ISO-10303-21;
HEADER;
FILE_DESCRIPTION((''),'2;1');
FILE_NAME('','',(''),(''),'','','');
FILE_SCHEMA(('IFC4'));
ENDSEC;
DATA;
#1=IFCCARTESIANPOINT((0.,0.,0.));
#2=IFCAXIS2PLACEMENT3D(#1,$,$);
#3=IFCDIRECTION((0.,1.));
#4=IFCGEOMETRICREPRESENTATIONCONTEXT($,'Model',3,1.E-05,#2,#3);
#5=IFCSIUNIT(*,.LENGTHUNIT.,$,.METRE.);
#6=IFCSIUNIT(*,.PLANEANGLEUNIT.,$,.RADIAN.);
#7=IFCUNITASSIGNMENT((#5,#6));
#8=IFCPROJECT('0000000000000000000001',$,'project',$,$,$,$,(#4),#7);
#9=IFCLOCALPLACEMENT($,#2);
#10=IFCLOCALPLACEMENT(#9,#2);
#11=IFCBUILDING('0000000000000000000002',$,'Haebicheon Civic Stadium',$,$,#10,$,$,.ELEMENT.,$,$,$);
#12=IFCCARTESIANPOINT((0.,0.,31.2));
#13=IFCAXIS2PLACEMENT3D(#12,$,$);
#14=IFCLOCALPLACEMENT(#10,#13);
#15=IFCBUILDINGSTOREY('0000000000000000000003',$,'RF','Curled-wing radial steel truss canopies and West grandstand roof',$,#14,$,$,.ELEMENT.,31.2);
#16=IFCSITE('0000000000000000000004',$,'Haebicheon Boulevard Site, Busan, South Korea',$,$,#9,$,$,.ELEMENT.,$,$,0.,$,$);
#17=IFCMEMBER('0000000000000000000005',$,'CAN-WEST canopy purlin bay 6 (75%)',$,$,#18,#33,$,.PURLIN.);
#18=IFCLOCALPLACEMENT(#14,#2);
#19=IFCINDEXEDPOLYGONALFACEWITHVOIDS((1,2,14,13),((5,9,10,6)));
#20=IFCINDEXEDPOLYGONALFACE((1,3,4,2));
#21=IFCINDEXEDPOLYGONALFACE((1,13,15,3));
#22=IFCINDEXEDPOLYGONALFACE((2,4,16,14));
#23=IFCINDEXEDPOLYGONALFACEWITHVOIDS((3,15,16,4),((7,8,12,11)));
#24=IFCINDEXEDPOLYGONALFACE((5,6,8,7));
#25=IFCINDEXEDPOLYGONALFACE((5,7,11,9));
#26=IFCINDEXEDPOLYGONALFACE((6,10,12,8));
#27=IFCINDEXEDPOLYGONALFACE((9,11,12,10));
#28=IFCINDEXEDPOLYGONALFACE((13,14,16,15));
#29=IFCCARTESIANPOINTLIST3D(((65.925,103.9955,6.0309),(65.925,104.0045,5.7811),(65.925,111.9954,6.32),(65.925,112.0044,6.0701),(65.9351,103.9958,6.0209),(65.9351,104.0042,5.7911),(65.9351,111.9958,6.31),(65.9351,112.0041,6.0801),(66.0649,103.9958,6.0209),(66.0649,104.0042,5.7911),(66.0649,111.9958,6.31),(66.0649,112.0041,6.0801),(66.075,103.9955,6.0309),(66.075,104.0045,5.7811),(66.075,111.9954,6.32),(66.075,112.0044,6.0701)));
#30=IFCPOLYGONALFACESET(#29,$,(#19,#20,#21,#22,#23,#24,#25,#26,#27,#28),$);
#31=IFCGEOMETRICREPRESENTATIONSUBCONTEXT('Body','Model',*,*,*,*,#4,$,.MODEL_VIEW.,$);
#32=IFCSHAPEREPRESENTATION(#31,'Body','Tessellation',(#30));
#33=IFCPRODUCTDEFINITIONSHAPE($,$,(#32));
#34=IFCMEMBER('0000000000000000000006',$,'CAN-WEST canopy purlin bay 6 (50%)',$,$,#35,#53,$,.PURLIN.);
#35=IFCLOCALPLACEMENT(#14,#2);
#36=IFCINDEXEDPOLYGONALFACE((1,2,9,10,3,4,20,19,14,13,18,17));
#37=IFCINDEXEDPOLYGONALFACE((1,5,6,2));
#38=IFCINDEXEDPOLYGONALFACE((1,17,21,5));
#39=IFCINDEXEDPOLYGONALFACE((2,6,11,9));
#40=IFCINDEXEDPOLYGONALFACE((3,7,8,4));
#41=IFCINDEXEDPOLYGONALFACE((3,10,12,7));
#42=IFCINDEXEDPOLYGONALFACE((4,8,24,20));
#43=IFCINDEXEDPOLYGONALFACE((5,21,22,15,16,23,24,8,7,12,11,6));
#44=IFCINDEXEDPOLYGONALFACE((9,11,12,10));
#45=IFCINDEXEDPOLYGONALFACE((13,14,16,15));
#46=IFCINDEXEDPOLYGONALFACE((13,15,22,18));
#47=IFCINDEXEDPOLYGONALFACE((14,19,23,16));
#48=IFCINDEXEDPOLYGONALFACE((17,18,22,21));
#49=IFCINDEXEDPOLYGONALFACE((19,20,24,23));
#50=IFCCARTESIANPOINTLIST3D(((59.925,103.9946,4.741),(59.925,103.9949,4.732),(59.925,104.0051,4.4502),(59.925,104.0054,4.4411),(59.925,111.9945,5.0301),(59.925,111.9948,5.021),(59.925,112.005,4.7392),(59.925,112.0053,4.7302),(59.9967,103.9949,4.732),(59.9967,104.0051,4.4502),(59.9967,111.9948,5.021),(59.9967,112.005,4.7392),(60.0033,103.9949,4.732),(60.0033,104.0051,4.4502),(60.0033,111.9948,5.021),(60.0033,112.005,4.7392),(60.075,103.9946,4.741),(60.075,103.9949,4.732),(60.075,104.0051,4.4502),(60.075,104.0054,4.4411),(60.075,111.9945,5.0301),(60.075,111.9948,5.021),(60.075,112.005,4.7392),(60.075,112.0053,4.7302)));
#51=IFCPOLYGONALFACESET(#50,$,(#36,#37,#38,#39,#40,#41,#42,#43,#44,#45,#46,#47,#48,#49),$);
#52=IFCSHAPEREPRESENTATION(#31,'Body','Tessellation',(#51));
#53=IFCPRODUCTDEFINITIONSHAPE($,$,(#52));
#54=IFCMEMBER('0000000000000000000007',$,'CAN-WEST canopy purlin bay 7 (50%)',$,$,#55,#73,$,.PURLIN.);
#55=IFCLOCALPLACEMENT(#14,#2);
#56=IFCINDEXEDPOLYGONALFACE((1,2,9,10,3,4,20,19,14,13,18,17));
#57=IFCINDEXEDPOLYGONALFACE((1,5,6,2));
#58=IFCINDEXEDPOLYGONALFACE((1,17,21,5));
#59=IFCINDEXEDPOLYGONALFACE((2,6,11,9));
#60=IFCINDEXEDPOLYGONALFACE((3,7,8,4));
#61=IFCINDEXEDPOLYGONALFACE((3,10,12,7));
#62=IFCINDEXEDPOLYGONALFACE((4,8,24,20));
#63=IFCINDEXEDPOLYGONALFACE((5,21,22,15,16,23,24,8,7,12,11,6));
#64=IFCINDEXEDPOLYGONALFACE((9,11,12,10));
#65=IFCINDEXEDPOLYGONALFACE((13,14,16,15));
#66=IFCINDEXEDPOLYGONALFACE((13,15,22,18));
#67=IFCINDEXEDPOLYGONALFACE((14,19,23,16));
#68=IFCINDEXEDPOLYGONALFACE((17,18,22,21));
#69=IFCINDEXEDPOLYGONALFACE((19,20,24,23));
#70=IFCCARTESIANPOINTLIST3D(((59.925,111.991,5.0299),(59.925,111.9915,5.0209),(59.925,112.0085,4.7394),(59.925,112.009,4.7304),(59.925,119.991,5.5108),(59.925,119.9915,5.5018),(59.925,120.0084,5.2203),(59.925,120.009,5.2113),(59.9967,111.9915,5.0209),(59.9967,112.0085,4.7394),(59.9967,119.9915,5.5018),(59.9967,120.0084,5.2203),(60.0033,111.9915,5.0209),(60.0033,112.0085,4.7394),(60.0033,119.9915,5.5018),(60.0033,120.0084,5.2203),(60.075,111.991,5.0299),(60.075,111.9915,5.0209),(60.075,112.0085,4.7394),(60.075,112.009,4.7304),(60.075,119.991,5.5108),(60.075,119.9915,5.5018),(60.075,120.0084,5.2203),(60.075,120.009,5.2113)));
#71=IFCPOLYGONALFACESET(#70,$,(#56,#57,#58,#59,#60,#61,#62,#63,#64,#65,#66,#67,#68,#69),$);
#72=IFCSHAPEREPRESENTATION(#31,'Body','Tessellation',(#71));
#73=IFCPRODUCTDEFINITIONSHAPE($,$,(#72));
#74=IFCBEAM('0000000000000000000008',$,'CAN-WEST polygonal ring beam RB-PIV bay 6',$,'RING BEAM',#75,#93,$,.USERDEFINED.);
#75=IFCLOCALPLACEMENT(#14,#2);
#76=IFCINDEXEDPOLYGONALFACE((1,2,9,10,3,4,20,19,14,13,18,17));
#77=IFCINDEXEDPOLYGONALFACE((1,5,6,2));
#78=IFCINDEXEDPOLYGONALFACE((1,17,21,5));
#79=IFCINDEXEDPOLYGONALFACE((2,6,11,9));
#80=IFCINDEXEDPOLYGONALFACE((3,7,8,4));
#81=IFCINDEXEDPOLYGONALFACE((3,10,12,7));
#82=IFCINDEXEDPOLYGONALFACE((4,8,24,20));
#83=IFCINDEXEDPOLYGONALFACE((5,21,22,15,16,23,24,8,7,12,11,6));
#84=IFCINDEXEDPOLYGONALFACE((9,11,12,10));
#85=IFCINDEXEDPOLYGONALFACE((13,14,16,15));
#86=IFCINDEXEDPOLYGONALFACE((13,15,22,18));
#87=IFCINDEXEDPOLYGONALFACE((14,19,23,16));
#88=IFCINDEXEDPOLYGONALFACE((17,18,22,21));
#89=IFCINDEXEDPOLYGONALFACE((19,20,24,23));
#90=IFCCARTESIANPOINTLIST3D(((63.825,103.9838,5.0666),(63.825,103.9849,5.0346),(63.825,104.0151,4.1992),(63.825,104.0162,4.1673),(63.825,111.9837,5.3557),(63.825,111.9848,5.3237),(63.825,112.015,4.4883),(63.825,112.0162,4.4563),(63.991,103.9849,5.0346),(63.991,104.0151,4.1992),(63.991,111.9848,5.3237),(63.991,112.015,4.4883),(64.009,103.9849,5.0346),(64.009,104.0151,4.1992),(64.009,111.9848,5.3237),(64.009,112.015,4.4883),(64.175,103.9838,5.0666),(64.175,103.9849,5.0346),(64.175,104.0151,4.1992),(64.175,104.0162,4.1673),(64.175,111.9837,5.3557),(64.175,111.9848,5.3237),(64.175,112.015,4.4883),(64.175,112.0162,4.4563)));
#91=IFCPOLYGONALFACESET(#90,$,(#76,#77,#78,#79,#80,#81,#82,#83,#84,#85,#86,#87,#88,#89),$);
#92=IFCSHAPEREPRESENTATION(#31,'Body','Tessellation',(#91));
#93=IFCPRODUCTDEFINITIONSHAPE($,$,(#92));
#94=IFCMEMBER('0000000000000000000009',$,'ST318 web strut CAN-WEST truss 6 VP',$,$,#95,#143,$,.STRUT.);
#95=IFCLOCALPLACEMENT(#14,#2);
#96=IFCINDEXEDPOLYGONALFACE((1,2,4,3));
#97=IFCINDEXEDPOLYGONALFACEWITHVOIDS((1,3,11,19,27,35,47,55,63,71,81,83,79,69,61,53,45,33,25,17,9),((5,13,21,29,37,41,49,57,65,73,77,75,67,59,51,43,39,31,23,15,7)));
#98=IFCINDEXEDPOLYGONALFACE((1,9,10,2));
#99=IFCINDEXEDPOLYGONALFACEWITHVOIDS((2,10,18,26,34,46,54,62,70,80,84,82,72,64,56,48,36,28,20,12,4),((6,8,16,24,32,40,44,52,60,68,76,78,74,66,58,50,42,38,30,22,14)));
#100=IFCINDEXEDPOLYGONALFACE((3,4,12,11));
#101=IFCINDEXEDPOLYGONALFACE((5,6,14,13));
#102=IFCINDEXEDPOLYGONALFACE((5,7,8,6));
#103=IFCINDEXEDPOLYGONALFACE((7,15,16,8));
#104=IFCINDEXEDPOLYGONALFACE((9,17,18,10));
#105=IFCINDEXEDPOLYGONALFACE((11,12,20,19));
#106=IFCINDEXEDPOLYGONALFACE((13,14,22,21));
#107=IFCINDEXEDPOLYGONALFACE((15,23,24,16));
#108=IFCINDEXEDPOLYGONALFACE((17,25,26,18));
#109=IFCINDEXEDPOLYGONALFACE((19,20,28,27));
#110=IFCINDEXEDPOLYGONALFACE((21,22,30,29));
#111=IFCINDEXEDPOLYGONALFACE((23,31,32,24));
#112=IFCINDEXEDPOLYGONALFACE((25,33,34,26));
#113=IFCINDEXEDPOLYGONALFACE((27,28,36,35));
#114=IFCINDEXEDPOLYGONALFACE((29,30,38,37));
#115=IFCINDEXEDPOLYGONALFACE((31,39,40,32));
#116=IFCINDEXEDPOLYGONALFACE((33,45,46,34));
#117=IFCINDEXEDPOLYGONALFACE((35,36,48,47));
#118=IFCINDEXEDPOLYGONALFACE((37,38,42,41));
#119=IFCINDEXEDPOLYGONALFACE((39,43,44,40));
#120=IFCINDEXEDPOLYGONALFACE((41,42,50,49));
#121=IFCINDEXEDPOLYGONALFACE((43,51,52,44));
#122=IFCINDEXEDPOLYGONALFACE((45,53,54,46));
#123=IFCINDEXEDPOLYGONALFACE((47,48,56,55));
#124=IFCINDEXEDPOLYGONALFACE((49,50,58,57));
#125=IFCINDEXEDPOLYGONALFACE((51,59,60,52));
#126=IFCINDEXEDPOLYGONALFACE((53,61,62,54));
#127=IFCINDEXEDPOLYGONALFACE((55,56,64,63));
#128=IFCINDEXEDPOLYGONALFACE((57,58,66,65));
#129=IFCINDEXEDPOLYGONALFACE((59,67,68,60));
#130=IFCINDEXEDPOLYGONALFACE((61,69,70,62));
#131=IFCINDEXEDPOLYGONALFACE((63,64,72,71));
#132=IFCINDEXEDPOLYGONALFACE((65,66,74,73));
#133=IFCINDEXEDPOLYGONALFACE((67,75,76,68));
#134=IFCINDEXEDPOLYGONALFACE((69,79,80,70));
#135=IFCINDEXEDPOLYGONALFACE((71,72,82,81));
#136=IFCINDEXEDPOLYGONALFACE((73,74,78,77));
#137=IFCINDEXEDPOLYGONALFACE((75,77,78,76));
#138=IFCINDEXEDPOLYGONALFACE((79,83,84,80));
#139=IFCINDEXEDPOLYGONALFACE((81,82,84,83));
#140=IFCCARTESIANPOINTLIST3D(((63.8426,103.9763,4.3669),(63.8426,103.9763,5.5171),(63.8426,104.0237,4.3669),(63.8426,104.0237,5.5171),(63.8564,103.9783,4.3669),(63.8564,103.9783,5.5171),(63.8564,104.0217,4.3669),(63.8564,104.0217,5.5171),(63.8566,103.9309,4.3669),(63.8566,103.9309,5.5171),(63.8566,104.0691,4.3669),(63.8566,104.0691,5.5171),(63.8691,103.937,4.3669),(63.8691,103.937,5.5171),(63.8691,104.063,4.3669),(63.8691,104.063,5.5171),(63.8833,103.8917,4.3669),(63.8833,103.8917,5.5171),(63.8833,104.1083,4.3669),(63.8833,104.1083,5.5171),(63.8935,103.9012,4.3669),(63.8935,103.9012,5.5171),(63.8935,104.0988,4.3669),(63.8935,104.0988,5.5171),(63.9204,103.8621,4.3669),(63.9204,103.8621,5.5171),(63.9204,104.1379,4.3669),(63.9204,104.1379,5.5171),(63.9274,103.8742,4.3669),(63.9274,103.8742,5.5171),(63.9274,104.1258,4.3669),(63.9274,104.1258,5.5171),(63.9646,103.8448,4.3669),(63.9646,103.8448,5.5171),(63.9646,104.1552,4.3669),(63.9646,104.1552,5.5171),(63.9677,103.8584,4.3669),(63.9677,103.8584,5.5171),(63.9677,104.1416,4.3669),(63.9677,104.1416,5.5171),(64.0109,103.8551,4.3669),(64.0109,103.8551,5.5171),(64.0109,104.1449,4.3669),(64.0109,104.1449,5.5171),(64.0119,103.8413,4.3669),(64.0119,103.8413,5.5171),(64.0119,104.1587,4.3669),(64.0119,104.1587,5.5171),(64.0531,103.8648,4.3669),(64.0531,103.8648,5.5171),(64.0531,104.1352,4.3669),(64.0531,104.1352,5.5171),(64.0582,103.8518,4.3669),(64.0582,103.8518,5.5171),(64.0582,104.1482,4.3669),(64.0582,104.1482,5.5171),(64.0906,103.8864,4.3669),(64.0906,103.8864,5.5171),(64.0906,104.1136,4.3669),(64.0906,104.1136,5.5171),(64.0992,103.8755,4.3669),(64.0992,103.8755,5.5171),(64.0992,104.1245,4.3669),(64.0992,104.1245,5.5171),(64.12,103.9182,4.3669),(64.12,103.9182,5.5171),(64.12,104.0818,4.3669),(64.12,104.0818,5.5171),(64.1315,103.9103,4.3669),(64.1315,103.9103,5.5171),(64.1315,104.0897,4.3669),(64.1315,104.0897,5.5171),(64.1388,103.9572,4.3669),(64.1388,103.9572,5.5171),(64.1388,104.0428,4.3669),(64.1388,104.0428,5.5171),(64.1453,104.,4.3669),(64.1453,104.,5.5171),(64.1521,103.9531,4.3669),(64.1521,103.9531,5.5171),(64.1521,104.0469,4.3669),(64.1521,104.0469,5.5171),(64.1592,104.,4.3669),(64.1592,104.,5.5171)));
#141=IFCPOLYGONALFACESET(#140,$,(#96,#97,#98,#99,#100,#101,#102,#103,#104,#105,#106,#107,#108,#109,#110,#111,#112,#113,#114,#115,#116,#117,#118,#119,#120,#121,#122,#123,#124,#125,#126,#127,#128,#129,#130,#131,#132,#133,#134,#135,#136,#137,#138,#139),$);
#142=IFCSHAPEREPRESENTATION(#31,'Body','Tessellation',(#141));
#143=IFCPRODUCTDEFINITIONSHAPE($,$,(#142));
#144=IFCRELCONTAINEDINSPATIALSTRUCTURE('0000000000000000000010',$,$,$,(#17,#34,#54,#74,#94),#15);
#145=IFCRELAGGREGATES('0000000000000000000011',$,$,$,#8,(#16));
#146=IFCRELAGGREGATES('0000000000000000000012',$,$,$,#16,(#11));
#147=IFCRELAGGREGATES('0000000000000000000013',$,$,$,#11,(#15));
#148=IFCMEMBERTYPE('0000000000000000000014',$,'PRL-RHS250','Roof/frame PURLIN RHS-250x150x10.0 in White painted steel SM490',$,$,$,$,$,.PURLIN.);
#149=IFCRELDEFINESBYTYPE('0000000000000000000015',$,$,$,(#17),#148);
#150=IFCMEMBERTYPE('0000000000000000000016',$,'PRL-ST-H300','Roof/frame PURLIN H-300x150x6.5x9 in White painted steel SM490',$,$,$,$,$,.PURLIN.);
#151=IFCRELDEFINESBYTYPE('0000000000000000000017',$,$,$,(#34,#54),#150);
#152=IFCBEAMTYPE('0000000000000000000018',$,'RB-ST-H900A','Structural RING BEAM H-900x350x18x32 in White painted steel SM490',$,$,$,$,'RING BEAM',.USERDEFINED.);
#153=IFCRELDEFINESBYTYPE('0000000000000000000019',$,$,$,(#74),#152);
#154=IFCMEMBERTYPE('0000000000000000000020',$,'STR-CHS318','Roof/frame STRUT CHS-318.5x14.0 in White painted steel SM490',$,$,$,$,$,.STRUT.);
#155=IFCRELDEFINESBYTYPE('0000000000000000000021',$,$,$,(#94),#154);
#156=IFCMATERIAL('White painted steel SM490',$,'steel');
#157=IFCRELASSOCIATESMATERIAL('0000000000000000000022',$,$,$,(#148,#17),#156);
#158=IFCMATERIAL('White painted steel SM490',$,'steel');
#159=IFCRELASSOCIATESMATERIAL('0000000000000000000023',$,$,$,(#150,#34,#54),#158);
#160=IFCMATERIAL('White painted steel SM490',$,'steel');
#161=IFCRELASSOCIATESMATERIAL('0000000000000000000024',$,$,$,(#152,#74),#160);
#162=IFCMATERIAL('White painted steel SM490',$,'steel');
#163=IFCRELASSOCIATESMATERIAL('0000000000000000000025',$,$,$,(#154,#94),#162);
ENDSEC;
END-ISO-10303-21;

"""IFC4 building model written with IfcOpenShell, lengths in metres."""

from ifc_helpers import new_model, si_unit, direction, frame, origin, origin_2d, place, context, subcontext, project, spatial, hollow_rectangle, hollow_circle, i_section, extrude, material, material_profile, profile_set, type_object, element, save


model = new_model("IFC4")

# Units and contexts
model_context = context("Model", 3, precision=1e-05, world=origin(), true_north=direction((0.0, 1.0)))
body_context = subcontext(model_context, "Body", "Model", "MODEL_VIEW")
ifc_project = project(units=[si_unit("LENGTHUNIT", "METRE"), si_unit("PLANEANGLEUNIT", "RADIAN")], contexts=[model_context])

# Site, building, storey
site_placement = place(None, origin())
site = spatial("IfcSite", under=ifc_project, at=site_placement, Name="Haebicheon Boulevard Site, Busan, South Korea", CompositionType="ELEMENT", RefElevation=0.0)
building_placement = place(site_placement, origin())
building = spatial("IfcBuilding", under=site, at=building_placement, Name="Haebicheon Civic Stadium", CompositionType="ELEMENT")
storey_placement = place(building_placement, frame((0.0, 0.0, 31.2)))
storey = spatial("IfcBuildingStorey", under=building, at=storey_placement, Name="RF", Description="Curled-wing radial steel truss canopies and West grandstand roof", CompositionType="ELEMENT", Elevation=31.2)

# Members
ifc_material_1 = material(Name="White painted steel SM490", Category="steel")
ifc_material_profile_1 = material_profile(ifc_material_1, hollow_rectangle(XDim=0.1499, YDim=0.25, WallThickness=0.01, at=origin_2d()), Name="RHS-250x150x10.0")
ifc_profile_set_1 = profile_set([ifc_material_profile_1], Name="White painted steel SM490")
member_type_1 = type_object("IfcMemberType", Name="PRL-RHS250", Description="Roof/frame PURLIN RHS-250x150x10.0 in White painted steel SM490", PredefinedType="PURLIN", material=ifc_profile_set_1)
member_1_placement = place(storey_placement, frame((66.0, 104.0, 5.906), z_axis=(0.0, 0.999348, 0.036109), x_axis=(-1.0, 0.0, 0.0)))
element("IfcMember", 1, at=member_1_placement, inside=storey, type_object=member_type_1, material=ifc_profile_set_1, Name="CAN-WEST canopy purlin bay 6 (75%)", PredefinedType="PURLIN", context=body_context, shape_type="SweptSolid", body=[
    extrude(hollow_rectangle(XDim=0.1499, YDim=0.25, WallThickness=0.01, at=origin_2d()), origin(), (0.0, 0.0, 1.0), 8.0051),
])
ifc_material_2 = material(Name="White painted steel SM490", Category="steel")
ifc_material_profile_2 = material_profile(ifc_material_2, i_section(OverallWidth=0.1499, OverallDepth=0.3, WebThickness=0.0066, FlangeThickness=0.009, at=origin_2d()), Name="H-300x150x6.5x9")
ifc_profile_set_2 = profile_set([ifc_material_profile_2], Name="White painted steel SM490")
member_type_2 = type_object("IfcMemberType", Name="PRL-ST-H300", Description="Roof/frame PURLIN H-300x150x6.5x9 in White painted steel SM490", PredefinedType="PURLIN", material=ifc_profile_set_2)
member_2_placement = place(storey_placement, frame((60.0, 104.0, 4.5911), z_axis=(0.0, 0.999348, 0.036109), x_axis=(-1.0, 0.0, 0.0)))
element("IfcMember", 2, at=member_2_placement, inside=storey, type_object=member_type_2, material=ifc_profile_set_2, Name="CAN-WEST canopy purlin bay 6 (50%)", PredefinedType="PURLIN", context=body_context, shape_type="SweptSolid", body=[
    extrude(i_section(OverallWidth=0.1499, OverallDepth=0.3, WebThickness=0.0066, FlangeThickness=0.009, at=origin_2d()), origin(), (0.0, 0.0, 1.0), 8.0051),
])
member_3_placement = place(storey_placement, frame((60.0, 112.0, 4.8801), z_axis=(0.0, 0.998198, 0.060011), x_axis=(-1.0, 0.0, 0.0)))
element("IfcMember", 3, at=member_3_placement, inside=storey, type_object=member_type_2, material=ifc_profile_set_2, Name="CAN-WEST canopy purlin bay 7 (50%)", PredefinedType="PURLIN", context=body_context, shape_type="SweptSolid", body=[
    extrude(i_section(OverallWidth=0.1499, OverallDepth=0.3, WebThickness=0.0066, FlangeThickness=0.009, at=origin_2d()), origin(), (0.0, 0.0, 1.0), 8.0144),
])

# Beam
ifc_material_3 = material(Name="White painted steel SM490", Category="steel")
ifc_material_profile_3 = material_profile(ifc_material_3, i_section(OverallWidth=0.3501, OverallDepth=0.8999, WebThickness=0.0181, FlangeThickness=0.032, at=origin_2d()), Name="H-900x350x18x32")
ifc_profile_set_3 = profile_set([ifc_material_profile_3], Name="White painted steel SM490")
beam_type = type_object("IfcBeamType", Name="RB-ST-H900A", Description="Structural RING BEAM H-900x350x18x32 in White painted steel SM490", ElementType="RING BEAM", PredefinedType="USERDEFINED", material=ifc_profile_set_3)
beam_placement = place(storey_placement, frame((64.0, 104.0, 4.6169), z_axis=(0.0, 0.999348, 0.036109), x_axis=(-1.0, 0.0, 0.0)))
element("IfcBeam", 4, at=beam_placement, inside=storey, type_object=beam_type, material=ifc_profile_set_3, Name="CAN-WEST polygonal ring beam RB-PIV bay 6", ObjectType="RING BEAM", PredefinedType="USERDEFINED", context=body_context, shape_type="SweptSolid", body=[
    extrude(i_section(OverallWidth=0.3501, OverallDepth=0.8999, WebThickness=0.0181, FlangeThickness=0.032, at=origin_2d()), origin(), (0.0, 0.0, 1.0), 8.0051),
])

# Member
ifc_material_4 = material(Name="White painted steel SM490", Category="steel")
ifc_material_profile_4 = material_profile(ifc_material_4, hollow_circle(Radius=0.1592, WallThickness=0.0139, at=origin_2d()), Name="CHS-318.5x14.0")
ifc_profile_set_4 = profile_set([ifc_material_profile_4], Name="White painted steel SM490")
member_type_3 = type_object("IfcMemberType", Name="STR-CHS318", Description="Roof/frame STRUT CHS-318.5x14.0 in White painted steel SM490", PredefinedType="STRUT", material=ifc_profile_set_4)
for number, where, z_axis, x_axis, name in (
    (5, (64.0, 104.0, 4.3669), (0.0, 0.0, 1.0), (1.0, 0.0, 0.0), "ST318 web strut CAN-WEST truss 6 VP"),
):
    element("IfcMember", number, at=place(storey_placement, frame(where, z_axis=z_axis, x_axis=x_axis)), inside=storey, type_object=member_type_3, material=ifc_profile_set_4, Name=name, PredefinedType="STRUT", context=body_context, shape_type="SweptSolid", body=[
        extrude(hollow_circle(Radius=0.1592, WallThickness=0.0139, at=origin_2d()), origin(), (0.0, 0.0, 1.0), 1.1501),
    ])

save(model, "model.ifc")
